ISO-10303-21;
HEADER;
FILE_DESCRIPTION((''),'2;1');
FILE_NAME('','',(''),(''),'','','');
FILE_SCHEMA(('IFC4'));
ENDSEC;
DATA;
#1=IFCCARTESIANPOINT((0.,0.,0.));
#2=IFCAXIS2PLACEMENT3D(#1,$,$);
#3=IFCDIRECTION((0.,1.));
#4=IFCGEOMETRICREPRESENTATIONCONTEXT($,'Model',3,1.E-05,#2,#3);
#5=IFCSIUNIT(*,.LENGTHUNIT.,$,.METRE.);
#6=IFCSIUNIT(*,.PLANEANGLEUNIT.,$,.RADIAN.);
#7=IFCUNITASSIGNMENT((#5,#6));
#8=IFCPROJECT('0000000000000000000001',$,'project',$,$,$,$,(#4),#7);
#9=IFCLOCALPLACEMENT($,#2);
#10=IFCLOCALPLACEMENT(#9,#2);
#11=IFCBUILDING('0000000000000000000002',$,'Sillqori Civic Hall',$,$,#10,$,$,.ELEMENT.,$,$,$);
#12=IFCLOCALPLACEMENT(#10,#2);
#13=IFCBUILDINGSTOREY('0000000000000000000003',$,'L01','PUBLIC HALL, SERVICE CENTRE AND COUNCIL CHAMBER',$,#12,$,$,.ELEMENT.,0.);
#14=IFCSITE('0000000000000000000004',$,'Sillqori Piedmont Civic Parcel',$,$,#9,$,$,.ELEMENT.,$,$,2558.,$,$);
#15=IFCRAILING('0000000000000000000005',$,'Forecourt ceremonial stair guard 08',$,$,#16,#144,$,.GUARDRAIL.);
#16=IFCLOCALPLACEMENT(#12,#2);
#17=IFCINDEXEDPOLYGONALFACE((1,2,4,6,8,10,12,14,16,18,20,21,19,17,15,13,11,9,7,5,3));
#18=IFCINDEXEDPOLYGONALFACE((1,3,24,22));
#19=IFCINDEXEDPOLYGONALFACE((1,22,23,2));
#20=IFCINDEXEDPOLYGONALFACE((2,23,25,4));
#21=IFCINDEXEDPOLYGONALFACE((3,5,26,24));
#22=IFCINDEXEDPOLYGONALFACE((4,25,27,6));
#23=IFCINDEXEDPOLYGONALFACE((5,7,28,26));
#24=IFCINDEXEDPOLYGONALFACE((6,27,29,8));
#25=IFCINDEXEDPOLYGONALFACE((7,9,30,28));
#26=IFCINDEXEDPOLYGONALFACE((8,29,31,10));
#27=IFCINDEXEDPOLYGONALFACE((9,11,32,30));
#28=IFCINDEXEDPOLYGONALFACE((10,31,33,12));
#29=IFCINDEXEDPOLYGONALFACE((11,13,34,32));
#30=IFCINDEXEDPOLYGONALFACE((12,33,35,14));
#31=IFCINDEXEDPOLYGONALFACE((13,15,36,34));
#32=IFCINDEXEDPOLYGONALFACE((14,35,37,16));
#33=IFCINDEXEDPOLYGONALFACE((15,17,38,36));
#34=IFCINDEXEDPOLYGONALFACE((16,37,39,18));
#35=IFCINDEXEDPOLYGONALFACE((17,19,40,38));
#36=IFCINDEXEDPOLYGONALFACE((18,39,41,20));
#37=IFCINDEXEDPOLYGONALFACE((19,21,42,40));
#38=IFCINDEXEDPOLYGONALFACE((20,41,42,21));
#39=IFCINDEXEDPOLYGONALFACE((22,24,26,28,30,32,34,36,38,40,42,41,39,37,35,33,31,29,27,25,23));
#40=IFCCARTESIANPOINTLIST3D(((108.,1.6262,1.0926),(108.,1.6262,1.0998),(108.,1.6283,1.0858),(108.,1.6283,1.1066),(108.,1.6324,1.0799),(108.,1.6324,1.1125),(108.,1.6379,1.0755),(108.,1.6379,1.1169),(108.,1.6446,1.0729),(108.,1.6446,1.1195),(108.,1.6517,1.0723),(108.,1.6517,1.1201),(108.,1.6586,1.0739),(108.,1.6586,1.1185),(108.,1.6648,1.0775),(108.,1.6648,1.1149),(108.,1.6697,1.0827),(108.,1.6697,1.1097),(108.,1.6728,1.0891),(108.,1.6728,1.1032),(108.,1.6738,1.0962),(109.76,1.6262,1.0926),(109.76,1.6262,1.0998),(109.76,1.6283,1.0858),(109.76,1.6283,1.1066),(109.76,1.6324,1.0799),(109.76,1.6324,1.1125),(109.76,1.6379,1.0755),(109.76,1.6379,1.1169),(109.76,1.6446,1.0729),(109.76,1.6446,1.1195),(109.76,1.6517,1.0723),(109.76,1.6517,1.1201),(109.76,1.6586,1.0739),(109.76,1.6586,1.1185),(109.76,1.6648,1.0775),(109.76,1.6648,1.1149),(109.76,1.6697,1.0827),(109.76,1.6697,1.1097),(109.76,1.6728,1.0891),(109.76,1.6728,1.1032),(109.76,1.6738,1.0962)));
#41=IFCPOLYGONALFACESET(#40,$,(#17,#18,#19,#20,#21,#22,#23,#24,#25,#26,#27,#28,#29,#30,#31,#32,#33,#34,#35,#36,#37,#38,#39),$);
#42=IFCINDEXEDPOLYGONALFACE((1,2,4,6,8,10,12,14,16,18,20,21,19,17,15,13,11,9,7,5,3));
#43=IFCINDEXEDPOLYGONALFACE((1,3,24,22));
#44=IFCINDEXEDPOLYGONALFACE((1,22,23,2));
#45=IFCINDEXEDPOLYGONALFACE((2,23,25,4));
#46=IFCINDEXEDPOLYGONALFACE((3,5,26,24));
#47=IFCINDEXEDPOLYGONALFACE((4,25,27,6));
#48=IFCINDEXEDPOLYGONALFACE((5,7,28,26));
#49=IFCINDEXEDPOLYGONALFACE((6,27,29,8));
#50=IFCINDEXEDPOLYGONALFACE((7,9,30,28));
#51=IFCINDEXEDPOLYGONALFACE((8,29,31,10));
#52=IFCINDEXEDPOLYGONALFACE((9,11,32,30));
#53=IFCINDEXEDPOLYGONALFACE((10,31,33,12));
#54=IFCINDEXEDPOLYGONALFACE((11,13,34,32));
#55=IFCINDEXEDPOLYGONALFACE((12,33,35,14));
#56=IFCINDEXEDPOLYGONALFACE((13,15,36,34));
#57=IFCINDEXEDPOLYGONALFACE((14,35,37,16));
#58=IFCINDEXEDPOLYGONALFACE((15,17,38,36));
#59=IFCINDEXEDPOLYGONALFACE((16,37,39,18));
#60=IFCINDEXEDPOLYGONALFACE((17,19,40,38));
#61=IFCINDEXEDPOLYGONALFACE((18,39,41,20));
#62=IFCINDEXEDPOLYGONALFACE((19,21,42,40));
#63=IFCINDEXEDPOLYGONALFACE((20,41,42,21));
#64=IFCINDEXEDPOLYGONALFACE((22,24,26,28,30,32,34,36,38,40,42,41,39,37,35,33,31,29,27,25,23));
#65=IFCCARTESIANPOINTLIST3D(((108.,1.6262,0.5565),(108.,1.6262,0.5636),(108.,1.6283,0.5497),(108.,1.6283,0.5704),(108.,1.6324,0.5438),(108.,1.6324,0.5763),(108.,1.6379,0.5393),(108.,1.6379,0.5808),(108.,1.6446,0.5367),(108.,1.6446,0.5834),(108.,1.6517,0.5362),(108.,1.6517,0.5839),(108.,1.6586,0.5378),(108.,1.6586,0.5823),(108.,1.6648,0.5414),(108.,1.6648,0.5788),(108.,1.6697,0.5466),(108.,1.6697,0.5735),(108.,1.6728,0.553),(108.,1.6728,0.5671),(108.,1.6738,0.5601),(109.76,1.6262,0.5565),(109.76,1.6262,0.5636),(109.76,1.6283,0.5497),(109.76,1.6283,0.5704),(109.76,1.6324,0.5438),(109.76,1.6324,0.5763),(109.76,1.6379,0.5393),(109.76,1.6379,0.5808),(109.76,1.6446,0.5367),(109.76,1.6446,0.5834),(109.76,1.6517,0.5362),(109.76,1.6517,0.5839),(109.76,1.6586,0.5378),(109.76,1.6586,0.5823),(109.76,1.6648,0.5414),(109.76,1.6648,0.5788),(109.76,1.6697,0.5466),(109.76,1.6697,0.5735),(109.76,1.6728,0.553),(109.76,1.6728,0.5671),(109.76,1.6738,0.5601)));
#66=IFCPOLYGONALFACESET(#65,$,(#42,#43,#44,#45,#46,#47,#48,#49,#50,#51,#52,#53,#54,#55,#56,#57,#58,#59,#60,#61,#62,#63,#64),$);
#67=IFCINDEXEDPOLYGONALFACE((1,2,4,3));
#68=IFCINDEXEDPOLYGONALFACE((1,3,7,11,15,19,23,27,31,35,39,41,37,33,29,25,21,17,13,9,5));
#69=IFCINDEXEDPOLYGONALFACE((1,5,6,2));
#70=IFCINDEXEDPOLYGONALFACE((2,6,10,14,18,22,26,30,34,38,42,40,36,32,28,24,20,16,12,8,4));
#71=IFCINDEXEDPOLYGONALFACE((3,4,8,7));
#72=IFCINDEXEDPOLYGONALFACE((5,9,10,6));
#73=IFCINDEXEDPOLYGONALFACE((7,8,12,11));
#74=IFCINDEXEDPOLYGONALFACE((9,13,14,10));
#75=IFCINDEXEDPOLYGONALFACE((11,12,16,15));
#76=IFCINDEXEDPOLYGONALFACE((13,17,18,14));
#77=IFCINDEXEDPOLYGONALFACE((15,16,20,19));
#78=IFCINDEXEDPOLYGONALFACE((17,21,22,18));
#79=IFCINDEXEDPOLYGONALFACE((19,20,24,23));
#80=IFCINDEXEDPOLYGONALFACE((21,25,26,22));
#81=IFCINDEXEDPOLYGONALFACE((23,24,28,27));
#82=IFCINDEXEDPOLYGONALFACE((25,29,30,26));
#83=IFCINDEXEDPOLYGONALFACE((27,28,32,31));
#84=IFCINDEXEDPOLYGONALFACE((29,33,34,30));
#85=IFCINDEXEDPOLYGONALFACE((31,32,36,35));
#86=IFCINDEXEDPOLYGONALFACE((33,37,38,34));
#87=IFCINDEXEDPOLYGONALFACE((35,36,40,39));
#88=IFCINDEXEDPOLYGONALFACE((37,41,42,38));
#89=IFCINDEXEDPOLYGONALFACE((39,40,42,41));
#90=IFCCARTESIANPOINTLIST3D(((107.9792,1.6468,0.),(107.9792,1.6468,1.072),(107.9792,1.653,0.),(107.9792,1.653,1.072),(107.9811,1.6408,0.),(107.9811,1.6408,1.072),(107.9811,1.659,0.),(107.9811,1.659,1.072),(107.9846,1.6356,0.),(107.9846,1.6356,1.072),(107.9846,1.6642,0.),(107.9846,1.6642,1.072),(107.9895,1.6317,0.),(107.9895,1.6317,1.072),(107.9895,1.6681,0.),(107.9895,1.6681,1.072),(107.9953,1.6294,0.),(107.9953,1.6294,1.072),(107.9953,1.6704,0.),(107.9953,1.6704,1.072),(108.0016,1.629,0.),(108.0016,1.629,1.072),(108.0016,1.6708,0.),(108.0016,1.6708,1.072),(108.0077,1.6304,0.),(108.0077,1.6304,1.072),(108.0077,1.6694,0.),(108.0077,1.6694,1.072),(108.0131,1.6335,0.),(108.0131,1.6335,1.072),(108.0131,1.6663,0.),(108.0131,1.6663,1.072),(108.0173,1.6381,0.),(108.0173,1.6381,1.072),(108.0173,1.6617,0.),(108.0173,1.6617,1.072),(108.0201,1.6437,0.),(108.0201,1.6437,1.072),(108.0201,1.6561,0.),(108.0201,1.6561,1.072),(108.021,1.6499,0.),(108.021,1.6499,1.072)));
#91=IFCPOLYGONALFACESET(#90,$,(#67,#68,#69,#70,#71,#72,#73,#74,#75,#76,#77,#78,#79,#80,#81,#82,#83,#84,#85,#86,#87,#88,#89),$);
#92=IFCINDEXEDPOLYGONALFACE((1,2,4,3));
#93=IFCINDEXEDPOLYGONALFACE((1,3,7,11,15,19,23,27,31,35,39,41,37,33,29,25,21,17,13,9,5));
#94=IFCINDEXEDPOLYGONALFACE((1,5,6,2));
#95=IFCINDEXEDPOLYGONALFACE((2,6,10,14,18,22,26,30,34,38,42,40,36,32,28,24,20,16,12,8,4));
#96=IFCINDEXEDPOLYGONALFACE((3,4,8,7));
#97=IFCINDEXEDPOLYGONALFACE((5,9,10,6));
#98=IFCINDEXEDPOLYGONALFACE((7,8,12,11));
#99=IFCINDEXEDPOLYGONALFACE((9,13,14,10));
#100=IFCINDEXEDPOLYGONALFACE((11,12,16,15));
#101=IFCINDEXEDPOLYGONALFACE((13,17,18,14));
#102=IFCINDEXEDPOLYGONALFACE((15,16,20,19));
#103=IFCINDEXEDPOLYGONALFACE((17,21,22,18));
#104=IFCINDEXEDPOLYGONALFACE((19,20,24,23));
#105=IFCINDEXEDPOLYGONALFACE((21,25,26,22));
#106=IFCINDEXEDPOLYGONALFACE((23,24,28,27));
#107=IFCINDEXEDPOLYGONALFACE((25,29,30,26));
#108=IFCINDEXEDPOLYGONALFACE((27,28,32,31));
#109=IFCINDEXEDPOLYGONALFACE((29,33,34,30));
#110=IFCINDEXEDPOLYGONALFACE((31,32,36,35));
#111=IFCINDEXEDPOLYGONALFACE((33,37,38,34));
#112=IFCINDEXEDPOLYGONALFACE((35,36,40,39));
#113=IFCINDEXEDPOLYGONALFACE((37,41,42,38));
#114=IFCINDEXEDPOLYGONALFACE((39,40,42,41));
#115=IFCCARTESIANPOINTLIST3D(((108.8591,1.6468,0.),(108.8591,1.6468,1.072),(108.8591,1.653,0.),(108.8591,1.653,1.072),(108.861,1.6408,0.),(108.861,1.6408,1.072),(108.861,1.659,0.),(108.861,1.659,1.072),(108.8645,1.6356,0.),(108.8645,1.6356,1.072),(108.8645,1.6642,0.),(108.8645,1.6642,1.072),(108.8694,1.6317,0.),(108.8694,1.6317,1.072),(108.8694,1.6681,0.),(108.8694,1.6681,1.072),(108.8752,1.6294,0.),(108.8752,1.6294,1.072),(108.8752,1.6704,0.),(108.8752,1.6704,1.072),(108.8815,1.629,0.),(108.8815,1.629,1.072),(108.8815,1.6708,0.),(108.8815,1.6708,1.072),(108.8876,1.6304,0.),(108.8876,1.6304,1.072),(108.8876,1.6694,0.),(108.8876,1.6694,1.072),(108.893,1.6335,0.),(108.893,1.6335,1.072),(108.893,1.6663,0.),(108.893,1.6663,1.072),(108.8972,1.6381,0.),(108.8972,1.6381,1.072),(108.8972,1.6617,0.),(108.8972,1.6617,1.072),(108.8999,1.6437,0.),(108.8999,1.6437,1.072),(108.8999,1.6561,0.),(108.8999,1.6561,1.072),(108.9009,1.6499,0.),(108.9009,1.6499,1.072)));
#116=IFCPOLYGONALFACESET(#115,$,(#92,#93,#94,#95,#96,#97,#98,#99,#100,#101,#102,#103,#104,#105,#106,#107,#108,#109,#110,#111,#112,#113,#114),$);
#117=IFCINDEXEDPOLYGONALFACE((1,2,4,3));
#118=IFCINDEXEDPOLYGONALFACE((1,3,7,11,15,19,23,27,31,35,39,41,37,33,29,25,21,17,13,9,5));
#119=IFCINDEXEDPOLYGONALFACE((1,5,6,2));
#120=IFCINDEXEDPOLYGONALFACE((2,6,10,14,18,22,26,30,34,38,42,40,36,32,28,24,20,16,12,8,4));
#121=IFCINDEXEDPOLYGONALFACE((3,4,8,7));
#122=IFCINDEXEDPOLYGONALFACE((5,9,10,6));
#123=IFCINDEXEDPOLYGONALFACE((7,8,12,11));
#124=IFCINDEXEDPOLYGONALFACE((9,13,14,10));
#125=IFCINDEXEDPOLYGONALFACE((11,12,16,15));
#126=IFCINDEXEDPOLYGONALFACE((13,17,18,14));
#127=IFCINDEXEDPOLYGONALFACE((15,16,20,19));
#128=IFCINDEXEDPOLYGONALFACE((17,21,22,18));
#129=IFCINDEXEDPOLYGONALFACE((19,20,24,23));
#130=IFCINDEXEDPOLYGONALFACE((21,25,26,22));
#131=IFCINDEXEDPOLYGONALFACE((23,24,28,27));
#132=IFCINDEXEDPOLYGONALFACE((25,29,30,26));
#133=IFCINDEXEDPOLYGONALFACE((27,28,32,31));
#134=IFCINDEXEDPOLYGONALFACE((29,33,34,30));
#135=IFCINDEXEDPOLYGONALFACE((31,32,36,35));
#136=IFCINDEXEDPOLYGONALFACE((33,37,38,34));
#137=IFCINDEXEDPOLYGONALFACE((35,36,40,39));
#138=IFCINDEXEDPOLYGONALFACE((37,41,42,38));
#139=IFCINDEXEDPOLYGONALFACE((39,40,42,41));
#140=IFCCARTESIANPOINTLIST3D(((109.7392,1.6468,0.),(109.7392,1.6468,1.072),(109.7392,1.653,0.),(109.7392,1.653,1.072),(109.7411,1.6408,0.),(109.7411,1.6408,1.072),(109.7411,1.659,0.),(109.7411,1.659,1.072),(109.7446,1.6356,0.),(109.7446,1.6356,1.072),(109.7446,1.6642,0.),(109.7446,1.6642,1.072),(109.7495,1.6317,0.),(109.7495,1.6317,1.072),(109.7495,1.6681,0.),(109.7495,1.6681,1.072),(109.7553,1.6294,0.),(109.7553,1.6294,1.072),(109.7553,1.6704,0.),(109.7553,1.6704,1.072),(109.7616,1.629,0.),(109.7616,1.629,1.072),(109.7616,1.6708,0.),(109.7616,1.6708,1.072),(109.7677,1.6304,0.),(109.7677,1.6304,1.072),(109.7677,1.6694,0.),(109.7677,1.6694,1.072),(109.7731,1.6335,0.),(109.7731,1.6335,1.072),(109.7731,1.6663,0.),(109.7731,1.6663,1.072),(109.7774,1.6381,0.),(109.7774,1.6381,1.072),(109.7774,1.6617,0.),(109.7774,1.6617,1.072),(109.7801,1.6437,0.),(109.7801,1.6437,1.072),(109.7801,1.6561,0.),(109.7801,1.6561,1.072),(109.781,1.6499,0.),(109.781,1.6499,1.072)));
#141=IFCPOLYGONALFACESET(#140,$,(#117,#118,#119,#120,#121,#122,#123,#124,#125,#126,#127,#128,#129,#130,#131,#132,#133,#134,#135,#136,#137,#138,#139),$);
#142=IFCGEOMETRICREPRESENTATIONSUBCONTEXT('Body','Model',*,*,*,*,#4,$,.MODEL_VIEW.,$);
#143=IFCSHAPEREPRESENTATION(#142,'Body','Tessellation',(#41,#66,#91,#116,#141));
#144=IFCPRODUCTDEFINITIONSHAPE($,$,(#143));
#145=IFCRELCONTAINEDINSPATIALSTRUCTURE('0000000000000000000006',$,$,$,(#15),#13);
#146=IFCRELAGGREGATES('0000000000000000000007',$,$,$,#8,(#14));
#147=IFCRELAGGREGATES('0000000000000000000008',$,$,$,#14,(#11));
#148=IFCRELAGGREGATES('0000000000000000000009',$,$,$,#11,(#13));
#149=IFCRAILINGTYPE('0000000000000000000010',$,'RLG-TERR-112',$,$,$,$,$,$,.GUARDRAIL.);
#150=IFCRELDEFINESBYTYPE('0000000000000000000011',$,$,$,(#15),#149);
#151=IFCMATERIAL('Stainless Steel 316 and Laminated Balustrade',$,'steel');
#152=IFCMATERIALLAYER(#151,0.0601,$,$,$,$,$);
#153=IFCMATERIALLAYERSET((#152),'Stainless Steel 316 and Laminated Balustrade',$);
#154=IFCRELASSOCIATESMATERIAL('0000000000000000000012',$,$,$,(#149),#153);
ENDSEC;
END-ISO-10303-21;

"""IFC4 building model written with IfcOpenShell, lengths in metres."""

from ifc_helpers import new_model, si_unit, direction, frame, origin, origin_2d, place, context, subcontext, project, spatial, circle, extrude, material, layer, layer_set, type_object, element, save


model = new_model("IFC4")

# Units and contexts
model_context = context("Model", 3, precision=1e-05, world=origin(), true_north=direction((0.0, 1.0)))
body_context = subcontext(model_context, "Body", "Model", "MODEL_VIEW")
ifc_project = project(units=[si_unit("LENGTHUNIT", "METRE"), si_unit("PLANEANGLEUNIT", "RADIAN")], contexts=[model_context])

# Site, building, storey
site_placement = place(None, origin())
site = spatial("IfcSite", under=ifc_project, at=site_placement, Name="Sillqori Piedmont Civic Parcel", CompositionType="ELEMENT", RefElevation=2558.0)
building_placement = place(site_placement, origin())
building = spatial("IfcBuilding", under=site, at=building_placement, Name="Sillqori Civic Hall", CompositionType="ELEMENT")
storey_placement = place(building_placement, origin())
storey = spatial("IfcBuildingStorey", under=building, at=storey_placement, Name="L01", Description="PUBLIC HALL, SERVICE CENTRE AND COUNCIL CHAMBER", CompositionType="ELEMENT", Elevation=0.0)

# Railing
ifc_material_1 = material(Name="Stainless Steel 316 and Laminated Balustrade", Category="steel")
ifc_layer_1 = layer(ifc_material_1, 0.0601)
ifc_layer_set_1 = layer_set([ifc_layer_1], Name="Stainless Steel 316 and Laminated Balustrade")
railing_type = type_object("IfcRailingType", Name="RLG-TERR-112", PredefinedType="GUARDRAIL", material=ifc_layer_set_1)
railing_placement = place(storey_placement, frame((108.0, 1.6499, 0.0)))
element("IfcRailing", 1, at=railing_placement, inside=storey, type_object=railing_type, Name="Forecourt ceremonial stair guard 08", PredefinedType="GUARDRAIL", context=body_context, shape_type="SweptSolid", body=[
    extrude(circle(Radius=0.0239, at=origin_2d()), frame((0.0, 0.0, 1.0962), z_axis=(1.0, 0.0, 0.0), x_axis=(0.0, 1.0, 0.0)), (0.0, 0.0, 1.0), 1.76),
    extrude(circle(Radius=0.0239, at=origin_2d()), frame((0.0, 0.0, 0.5601), z_axis=(1.0, 0.0, 0.0), x_axis=(0.0, 1.0, 0.0)), (0.0, 0.0, 1.0), 1.76),
    extrude(circle(Radius=0.021, at=origin_2d()), origin(), (0.0, 0.0, 1.0), 1.072),
    extrude(circle(Radius=0.021, at=origin_2d()), frame((0.8799, 0.0, 0.0)), (0.0, 0.0, 1.0), 1.072),
    extrude(circle(Radius=0.021, at=origin_2d()), frame((1.76, 0.0, 0.0)), (0.0, 0.0, 1.0), 1.072),
])

save(model, "model.ifc")
